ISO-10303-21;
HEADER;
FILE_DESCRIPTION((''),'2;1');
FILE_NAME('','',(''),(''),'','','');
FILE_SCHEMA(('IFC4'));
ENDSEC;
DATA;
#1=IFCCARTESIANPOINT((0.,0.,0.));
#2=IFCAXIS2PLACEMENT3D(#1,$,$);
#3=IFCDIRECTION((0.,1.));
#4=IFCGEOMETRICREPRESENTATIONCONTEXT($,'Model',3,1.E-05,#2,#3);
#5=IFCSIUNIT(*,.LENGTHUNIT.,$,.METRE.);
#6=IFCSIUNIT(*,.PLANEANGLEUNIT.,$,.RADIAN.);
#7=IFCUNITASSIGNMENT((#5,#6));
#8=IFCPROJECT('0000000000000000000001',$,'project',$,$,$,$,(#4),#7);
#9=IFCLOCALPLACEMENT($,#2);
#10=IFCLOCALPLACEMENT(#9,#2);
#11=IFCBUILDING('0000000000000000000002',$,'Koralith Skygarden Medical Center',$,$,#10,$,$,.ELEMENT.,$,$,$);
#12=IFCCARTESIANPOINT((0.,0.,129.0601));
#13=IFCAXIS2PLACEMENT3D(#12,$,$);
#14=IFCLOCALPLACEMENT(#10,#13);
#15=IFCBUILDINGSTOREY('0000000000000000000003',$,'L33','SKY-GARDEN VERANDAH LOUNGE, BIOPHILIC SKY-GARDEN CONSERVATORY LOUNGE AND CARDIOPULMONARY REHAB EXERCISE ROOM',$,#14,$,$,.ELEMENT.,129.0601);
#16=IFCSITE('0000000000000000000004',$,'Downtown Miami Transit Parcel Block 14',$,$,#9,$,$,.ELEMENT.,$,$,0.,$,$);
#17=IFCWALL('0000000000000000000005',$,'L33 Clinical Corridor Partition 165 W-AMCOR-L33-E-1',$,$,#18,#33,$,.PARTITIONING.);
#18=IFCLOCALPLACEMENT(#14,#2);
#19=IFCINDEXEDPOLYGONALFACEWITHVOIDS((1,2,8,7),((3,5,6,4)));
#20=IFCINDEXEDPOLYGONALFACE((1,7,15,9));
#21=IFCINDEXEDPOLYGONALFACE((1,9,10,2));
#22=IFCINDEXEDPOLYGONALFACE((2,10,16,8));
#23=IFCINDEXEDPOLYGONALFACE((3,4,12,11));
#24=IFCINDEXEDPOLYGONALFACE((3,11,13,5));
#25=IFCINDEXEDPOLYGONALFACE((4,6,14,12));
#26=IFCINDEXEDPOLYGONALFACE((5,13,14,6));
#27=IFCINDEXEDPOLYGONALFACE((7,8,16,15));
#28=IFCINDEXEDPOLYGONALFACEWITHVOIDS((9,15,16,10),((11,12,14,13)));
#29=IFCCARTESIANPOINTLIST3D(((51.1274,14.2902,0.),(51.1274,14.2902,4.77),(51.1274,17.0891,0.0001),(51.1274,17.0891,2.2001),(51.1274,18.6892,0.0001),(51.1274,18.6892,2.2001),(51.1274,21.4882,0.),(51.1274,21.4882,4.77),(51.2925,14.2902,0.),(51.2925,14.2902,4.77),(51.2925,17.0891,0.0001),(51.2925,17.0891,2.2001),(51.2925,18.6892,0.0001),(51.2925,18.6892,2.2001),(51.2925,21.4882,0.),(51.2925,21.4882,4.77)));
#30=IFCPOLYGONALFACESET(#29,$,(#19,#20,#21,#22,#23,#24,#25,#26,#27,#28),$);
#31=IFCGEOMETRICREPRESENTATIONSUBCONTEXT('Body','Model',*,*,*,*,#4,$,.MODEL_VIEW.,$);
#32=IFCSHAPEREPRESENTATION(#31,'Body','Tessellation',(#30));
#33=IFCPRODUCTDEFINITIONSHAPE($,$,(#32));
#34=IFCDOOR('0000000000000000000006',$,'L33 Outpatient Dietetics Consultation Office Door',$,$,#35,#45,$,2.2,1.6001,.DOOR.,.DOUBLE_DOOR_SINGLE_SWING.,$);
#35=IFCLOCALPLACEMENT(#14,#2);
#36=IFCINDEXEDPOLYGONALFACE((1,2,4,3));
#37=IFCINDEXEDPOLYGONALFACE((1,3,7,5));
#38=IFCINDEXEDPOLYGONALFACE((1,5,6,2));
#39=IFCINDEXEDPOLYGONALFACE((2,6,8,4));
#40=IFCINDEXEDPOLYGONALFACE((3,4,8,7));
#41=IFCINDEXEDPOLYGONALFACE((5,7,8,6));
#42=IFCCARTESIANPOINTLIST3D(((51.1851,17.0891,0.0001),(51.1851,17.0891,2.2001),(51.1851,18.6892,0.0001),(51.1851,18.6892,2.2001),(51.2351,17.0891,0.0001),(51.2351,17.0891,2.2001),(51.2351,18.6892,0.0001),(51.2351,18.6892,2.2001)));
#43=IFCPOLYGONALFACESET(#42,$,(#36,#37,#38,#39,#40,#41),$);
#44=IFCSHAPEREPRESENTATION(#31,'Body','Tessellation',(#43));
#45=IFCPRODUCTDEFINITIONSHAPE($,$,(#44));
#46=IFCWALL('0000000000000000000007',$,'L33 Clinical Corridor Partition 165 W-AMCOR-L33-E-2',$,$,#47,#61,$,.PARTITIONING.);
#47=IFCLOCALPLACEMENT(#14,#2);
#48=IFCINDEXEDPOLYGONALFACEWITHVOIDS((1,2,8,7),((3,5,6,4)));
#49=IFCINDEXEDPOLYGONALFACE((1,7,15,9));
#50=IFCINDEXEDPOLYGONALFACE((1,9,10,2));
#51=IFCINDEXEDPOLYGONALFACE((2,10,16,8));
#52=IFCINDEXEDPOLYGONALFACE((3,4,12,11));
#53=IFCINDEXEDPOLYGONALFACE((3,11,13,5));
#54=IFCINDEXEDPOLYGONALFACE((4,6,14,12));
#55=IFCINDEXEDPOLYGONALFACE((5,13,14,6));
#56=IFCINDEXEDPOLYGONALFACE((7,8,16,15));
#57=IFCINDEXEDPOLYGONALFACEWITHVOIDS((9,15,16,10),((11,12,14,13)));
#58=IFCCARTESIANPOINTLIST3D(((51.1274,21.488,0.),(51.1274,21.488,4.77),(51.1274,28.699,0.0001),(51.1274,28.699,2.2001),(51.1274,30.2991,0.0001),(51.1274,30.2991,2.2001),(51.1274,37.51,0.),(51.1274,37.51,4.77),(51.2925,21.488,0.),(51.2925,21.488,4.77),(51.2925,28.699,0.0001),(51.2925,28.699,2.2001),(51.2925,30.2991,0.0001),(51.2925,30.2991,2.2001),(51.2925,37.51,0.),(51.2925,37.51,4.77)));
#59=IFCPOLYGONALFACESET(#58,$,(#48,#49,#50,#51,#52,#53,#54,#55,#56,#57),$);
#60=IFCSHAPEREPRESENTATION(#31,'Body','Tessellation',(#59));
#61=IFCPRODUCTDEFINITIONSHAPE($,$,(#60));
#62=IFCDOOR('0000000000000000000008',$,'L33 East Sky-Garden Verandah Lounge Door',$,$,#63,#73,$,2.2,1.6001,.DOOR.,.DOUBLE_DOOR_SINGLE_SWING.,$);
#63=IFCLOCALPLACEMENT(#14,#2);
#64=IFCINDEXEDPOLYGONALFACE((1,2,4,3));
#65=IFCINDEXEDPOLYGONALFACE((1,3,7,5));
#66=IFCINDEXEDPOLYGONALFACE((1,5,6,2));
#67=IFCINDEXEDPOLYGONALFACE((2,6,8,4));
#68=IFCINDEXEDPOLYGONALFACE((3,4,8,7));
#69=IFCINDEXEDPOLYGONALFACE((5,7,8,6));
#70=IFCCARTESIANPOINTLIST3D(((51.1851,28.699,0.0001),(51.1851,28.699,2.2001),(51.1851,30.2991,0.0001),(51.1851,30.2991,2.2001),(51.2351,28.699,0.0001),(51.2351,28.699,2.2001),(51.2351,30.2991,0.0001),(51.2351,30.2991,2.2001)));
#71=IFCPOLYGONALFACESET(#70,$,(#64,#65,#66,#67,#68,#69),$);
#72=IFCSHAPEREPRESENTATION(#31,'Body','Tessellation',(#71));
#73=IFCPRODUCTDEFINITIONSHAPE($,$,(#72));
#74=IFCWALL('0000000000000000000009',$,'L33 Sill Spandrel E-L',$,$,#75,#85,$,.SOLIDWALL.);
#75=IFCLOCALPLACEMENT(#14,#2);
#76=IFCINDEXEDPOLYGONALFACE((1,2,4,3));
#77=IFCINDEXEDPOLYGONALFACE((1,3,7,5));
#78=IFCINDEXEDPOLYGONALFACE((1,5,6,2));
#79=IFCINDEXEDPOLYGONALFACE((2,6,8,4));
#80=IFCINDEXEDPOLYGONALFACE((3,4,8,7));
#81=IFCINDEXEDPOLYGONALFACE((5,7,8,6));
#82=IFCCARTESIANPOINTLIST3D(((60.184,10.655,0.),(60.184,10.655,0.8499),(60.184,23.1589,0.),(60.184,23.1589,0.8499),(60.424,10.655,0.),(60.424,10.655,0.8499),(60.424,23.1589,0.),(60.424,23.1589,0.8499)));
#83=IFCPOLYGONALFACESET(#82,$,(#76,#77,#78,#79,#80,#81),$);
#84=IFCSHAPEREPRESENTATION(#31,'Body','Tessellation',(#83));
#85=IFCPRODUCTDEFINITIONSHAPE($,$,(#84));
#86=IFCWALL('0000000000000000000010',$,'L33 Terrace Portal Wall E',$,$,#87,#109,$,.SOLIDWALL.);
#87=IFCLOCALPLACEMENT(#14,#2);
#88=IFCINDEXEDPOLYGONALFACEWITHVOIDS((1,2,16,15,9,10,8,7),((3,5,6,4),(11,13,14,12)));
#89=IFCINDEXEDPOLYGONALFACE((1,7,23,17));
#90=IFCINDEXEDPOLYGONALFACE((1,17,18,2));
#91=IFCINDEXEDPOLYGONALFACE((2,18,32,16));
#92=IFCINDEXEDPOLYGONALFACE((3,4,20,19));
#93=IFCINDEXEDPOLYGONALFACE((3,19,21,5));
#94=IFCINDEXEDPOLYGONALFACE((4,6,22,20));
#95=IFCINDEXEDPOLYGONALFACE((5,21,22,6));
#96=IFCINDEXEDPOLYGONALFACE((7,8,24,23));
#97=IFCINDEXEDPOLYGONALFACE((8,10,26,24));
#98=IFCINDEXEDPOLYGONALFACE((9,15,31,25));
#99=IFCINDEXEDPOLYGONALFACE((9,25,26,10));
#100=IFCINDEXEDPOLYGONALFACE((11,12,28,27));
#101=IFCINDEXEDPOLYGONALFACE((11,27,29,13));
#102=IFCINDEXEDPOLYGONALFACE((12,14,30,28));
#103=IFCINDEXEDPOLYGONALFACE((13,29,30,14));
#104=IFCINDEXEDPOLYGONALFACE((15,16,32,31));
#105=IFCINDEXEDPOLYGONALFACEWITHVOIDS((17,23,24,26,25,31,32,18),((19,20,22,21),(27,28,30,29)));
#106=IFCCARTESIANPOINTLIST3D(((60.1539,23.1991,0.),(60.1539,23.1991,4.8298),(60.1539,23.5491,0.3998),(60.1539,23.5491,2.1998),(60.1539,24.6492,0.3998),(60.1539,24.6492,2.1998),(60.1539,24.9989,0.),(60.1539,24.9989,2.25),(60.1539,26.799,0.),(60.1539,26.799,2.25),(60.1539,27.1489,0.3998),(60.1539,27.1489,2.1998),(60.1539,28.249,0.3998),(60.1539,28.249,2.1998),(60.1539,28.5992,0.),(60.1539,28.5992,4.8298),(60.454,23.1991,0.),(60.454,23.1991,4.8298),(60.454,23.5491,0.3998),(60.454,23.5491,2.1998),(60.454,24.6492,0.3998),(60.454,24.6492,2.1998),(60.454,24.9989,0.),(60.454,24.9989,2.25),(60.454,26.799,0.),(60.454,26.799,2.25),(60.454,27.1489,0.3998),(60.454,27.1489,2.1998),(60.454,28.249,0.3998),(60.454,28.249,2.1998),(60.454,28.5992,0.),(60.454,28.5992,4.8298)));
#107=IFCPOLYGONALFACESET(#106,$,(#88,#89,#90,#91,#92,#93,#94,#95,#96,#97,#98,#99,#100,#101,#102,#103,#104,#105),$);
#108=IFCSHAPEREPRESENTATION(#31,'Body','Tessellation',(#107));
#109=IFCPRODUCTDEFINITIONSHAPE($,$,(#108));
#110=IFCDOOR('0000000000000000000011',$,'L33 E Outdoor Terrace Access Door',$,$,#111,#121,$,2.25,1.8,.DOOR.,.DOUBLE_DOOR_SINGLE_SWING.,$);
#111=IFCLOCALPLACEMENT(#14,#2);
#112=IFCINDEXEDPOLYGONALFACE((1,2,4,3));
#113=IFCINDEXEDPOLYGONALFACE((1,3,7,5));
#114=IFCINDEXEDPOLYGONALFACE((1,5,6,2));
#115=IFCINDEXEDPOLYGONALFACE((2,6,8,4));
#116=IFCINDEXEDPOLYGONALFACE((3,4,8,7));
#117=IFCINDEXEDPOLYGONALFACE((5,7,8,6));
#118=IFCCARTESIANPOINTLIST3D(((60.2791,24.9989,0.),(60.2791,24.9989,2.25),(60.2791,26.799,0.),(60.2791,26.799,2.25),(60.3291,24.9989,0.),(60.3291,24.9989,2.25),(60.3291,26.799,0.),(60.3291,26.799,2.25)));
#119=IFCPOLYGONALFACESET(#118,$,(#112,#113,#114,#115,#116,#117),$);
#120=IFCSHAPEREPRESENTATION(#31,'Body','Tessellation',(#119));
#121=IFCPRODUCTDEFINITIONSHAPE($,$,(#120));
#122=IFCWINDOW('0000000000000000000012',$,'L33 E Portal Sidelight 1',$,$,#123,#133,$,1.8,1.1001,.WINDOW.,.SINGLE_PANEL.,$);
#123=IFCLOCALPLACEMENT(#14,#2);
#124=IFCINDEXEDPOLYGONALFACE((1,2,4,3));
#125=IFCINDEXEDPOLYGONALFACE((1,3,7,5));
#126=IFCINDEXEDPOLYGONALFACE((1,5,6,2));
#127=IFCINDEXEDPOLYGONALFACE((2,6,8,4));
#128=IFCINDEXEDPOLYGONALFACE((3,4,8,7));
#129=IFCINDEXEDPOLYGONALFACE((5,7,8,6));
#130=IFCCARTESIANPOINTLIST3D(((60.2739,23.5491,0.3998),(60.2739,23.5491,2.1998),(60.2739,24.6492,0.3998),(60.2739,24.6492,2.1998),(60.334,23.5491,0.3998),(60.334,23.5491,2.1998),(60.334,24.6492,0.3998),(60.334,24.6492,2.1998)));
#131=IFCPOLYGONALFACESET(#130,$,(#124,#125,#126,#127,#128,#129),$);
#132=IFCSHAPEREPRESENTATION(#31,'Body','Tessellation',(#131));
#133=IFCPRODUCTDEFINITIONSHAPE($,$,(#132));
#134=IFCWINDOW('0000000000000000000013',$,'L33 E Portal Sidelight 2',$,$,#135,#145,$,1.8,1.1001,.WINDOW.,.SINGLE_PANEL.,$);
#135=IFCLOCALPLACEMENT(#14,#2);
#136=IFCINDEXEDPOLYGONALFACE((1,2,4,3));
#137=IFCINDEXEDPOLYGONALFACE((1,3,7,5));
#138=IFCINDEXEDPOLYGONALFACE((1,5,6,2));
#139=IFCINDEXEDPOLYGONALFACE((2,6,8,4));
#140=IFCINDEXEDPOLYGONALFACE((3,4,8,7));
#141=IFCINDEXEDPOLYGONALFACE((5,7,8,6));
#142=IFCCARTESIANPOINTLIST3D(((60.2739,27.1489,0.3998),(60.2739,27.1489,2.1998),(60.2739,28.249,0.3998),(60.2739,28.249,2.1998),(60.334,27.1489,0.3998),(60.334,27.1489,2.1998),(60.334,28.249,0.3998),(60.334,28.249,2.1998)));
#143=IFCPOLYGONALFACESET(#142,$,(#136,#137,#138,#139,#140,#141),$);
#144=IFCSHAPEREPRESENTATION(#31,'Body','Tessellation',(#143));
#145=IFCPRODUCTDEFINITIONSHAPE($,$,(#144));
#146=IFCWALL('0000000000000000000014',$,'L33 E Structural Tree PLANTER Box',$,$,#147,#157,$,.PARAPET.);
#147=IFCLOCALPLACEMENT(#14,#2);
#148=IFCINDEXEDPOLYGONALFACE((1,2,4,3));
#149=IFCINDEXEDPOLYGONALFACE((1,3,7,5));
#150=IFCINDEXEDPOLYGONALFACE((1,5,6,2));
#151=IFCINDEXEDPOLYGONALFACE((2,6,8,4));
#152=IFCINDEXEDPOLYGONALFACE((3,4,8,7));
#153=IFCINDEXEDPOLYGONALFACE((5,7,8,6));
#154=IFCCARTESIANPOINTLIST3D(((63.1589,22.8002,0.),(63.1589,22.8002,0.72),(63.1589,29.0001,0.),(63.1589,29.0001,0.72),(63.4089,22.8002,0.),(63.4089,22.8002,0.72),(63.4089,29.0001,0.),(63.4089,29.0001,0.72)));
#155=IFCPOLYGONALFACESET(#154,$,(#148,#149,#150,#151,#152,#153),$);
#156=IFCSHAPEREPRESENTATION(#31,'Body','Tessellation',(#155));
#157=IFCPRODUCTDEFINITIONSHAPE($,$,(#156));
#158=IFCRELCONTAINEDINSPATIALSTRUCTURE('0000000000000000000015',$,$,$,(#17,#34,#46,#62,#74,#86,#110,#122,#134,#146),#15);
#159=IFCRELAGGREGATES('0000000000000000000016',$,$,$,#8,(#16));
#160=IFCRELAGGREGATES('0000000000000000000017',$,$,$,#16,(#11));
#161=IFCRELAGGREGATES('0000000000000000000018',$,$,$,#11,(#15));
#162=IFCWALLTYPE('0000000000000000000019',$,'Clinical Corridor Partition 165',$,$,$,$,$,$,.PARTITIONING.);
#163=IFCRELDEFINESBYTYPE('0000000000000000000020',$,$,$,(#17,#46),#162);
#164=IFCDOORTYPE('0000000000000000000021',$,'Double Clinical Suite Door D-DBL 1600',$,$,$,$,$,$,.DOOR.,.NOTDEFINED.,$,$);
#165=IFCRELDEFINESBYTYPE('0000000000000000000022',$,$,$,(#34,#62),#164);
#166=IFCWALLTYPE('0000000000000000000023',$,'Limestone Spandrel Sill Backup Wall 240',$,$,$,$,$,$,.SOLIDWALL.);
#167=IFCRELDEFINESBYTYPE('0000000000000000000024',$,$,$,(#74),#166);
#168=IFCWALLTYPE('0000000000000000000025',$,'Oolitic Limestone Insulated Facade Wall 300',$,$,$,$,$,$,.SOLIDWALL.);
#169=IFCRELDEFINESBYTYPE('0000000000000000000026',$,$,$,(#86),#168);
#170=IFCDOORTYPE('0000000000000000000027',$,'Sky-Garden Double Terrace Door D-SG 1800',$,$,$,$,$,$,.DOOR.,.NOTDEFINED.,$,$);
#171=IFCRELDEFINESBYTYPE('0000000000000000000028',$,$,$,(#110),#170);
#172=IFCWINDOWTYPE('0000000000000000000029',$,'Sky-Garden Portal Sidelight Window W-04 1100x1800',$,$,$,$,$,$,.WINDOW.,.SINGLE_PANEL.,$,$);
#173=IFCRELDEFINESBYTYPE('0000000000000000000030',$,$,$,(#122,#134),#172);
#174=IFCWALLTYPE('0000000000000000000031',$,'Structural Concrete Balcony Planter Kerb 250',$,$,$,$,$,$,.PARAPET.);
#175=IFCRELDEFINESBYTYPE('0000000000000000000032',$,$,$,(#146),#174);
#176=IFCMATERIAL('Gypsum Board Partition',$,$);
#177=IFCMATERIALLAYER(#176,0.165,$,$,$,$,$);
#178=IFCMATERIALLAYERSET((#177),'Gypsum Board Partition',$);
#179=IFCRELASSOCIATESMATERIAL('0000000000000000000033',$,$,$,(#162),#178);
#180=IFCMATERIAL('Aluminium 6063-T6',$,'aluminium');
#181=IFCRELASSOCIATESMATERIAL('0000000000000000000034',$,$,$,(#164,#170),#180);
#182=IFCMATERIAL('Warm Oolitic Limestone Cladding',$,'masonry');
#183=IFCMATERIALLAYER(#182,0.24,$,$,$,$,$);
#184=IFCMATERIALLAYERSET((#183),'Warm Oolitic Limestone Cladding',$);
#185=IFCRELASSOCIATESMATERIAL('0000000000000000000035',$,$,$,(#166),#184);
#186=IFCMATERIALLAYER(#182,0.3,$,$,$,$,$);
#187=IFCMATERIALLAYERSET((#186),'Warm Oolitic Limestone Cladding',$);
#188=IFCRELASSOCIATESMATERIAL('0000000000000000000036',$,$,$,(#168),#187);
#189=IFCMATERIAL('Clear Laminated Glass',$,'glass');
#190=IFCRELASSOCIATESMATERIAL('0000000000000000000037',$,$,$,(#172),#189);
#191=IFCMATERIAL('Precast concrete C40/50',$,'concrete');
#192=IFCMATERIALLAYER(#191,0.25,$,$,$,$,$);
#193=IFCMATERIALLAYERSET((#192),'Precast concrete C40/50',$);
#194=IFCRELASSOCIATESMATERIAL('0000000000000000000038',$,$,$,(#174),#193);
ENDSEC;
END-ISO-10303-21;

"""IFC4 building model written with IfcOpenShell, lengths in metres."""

from ifc_helpers import new_model, si_unit, direction, frame, frame_2d, origin, place, context, subcontext, project, spatial, rectangle, extrude, material, layer, layer_set, type_object, element, fill, save


model = new_model("IFC4")

# Units and contexts
model_context = context("Model", 3, precision=1e-05, world=origin(), true_north=direction((0.0, 1.0)))
body_context = subcontext(model_context, "Body", "Model", "MODEL_VIEW")
ifc_project = project(units=[si_unit("LENGTHUNIT", "METRE"), si_unit("PLANEANGLEUNIT", "RADIAN")], contexts=[model_context])

# Site, building, storey
site_placement = place(None, origin())
site = spatial("IfcSite", under=ifc_project, at=site_placement, Name="Downtown Miami Transit Parcel Block 14", CompositionType="ELEMENT", RefElevation=0.0)
building_placement = place(site_placement, origin())
building = spatial("IfcBuilding", under=site, at=building_placement, Name="Koralith Skygarden Medical Center", CompositionType="ELEMENT")
storey_placement = place(building_placement, frame((0.0, 0.0, 129.0601)))
storey = spatial("IfcBuildingStorey", under=building, at=storey_placement, Name="L33", Description="SKY-GARDEN VERANDAH LOUNGE, BIOPHILIC SKY-GARDEN CONSERVATORY LOUNGE AND CARDIOPULMONARY REHAB EXERCISE ROOM", CompositionType="ELEMENT", Elevation=129.0601)

# Shared definitions
ifc_material_1 = material(Name="Clear Laminated Glass", Category="glass")
ifc_material_2 = material(Name="Aluminium 6063-T6", Category="aluminium")

# Shared definitions
ifc_material_3 = material(Name="Gypsum Board Partition")
ifc_layer_1 = layer(ifc_material_3, 0.165)
ifc_layer_set_1 = layer_set([ifc_layer_1], Name="Gypsum Board Partition")
wall_type_1 = type_object("IfcWallType", Name="Clinical Corridor Partition 165", PredefinedType="PARTITIONING", material=ifc_layer_set_1)

# Walls, openings, doors
wall_1_placement = place(storey_placement, frame((51.21, 14.29, 0.0), z_axis=(0.0, 0.0, 1.0), x_axis=(0.0, 1.0, 0.0)))
wall_1 = element("IfcWall", 1, at=wall_1_placement, inside=storey, type_object=wall_type_1, Name="L33 Clinical Corridor Partition 165 W-AMCOR-L33-E-1", PredefinedType="PARTITIONING", context=body_context, shape_type="SweptSolid", body=[
    extrude(rectangle(XDim=7.198, YDim=0.165, at=frame_2d((3.5991, 0.0))), origin(), (0.0, 0.0, 1.0), 4.77),
])
opening_1_placement = place(wall_1_placement, frame((2.7991, 0.0, 0.0)))
opening_1 = element("IfcOpeningElement", 2, at=opening_1_placement, cuts=wall_1, PredefinedType="OPENING", context=body_context, shape_type="SweptSolid", body=[
    extrude(rectangle(XDim=1.6001, YDim=2.2, at=frame_2d((0.8, 1.1001))), frame((0.0, 0.0925, 0.0), z_axis=(0.0, -1.0, 0.0), x_axis=(1.0, 0.0, 0.0)), (0.0, 0.0, 1.0), 0.1851),
])
door_type_1 = type_object("IfcDoorType", Name="Double Clinical Suite Door D-DBL 1600", OperationType="NOTDEFINED", PredefinedType="DOOR", material=ifc_material_2)
door_1_placement = place(opening_1_placement, origin())
door_1 = element("IfcDoor", 3, at=door_1_placement, inside=storey, type_object=door_type_1, Name="L33 Outpatient Dietetics Consultation Office Door", OperationType="DOUBLE_DOOR_SINGLE_SWING", OverallHeight=2.2, OverallWidth=1.6001, PredefinedType="DOOR", context=body_context, shape_type="SweptSolid", body=[
    extrude(rectangle(XDim=1.6001, YDim=2.2, at=frame_2d((0.8, 1.1001))), frame((0.0, 0.0249, 0.0), z_axis=(0.0, -1.0, 0.0), x_axis=(1.0, 0.0, 0.0)), (0.0, 0.0, 1.0), 0.05),
])
fill(opening_1, door_1)
wall_2_placement = place(storey_placement, frame((51.21, 21.488, 0.0), z_axis=(0.0, 0.0, 1.0), x_axis=(0.0, 1.0, 0.0)))
wall_2 = element("IfcWall", 4, at=wall_2_placement, inside=storey, type_object=wall_type_1, Name="L33 Clinical Corridor Partition 165 W-AMCOR-L33-E-2", PredefinedType="PARTITIONING", context=body_context, shape_type="SweptSolid", body=[
    extrude(rectangle(XDim=16.022, YDim=0.165, at=frame_2d((8.011, 0.0))), origin(), (0.0, 0.0, 1.0), 4.77),
])
opening_2_placement = place(wall_2_placement, frame((7.2109, 0.0, 0.0)))
opening_2 = element("IfcOpeningElement", 5, at=opening_2_placement, cuts=wall_2, PredefinedType="OPENING", context=body_context, shape_type="SweptSolid", body=[
    extrude(rectangle(XDim=1.6001, YDim=2.2, at=frame_2d((0.8, 1.1001))), frame((0.0, 0.0925, 0.0), z_axis=(0.0, -1.0, 0.0), x_axis=(1.0, 0.0, 0.0)), (0.0, 0.0, 1.0), 0.1851),
])
door_2_placement = place(opening_2_placement, origin())
door_2 = element("IfcDoor", 6, at=door_2_placement, inside=storey, type_object=door_type_1, Name="L33 East Sky-Garden Verandah Lounge Door", OperationType="DOUBLE_DOOR_SINGLE_SWING", OverallHeight=2.2, OverallWidth=1.6001, PredefinedType="DOOR", context=body_context, shape_type="SweptSolid", body=[
    extrude(rectangle(XDim=1.6001, YDim=2.2, at=frame_2d((0.8, 1.1001))), frame((0.0, 0.0249, 0.0), z_axis=(0.0, -1.0, 0.0), x_axis=(1.0, 0.0, 0.0)), (0.0, 0.0, 1.0), 0.05),
])
fill(opening_2, door_2)

# Wall
ifc_material_4 = material(Name="Warm Oolitic Limestone Cladding", Category="masonry")
ifc_layer_2 = layer(ifc_material_4, 0.24)
ifc_layer_set_2 = layer_set([ifc_layer_2], Name="Warm Oolitic Limestone Cladding")
wall_type_2 = type_object("IfcWallType", Name="Limestone Spandrel Sill Backup Wall 240", PredefinedType="SOLIDWALL", material=ifc_layer_set_2)
wall_3_placement = place(storey_placement, frame((60.304, 10.655, 0.0), z_axis=(0.0, 0.0, 1.0), x_axis=(0.0, 1.0, 0.0)))
element("IfcWall", 7, at=wall_3_placement, inside=storey, type_object=wall_type_2, Name="L33 Sill Spandrel E-L", PredefinedType="SOLIDWALL", context=body_context, shape_type="SweptSolid", body=[
    extrude(rectangle(XDim=12.5039, YDim=0.24, at=frame_2d((6.252, 0.0))), origin(), (0.0, 0.0, 1.0), 0.8499),
])

# Wall, openings, door, windows
ifc_layer_3 = layer(ifc_material_4, 0.3)
ifc_layer_set_3 = layer_set([ifc_layer_3], Name="Warm Oolitic Limestone Cladding")
wall_type_3 = type_object("IfcWallType", Name="Oolitic Limestone Insulated Facade Wall 300", PredefinedType="SOLIDWALL", material=ifc_layer_set_3)
wall_4_placement = place(storey_placement, frame((60.304, 23.199, 0.0), z_axis=(0.0, 0.0, 1.0), x_axis=(0.0, 1.0, 0.0)))
wall_4 = element("IfcWall", 8, at=wall_4_placement, inside=storey, type_object=wall_type_3, Name="L33 Terrace Portal Wall E", PredefinedType="SOLIDWALL", context=body_context, shape_type="SweptSolid", body=[
    extrude(rectangle(XDim=5.4001, YDim=0.3, at=frame_2d((2.7002, 0.0))), origin(), (0.0, 0.0, 1.0), 4.8298),
])
opening_3_placement = place(wall_4_placement, frame((1.8, 0.0, 0.0)))
opening_3 = element("IfcOpeningElement", 9, at=opening_3_placement, cuts=wall_4, PredefinedType="OPENING", context=body_context, shape_type="SweptSolid", body=[
    extrude(rectangle(XDim=1.8, YDim=2.25, at=frame_2d((0.8999, 1.125))), frame((0.0, 0.1599, 0.0), z_axis=(0.0, -1.0, 0.0), x_axis=(1.0, 0.0, 0.0)), (0.0, 0.0, 1.0), 0.3201),
])
opening_4_placement = place(wall_4_placement, frame((0.3501, 0.0, 0.3999)))
opening_4 = element("IfcOpeningElement", 10, at=opening_4_placement, cuts=wall_4, PredefinedType="OPENING", context=body_context, shape_type="SweptSolid", body=[
    extrude(rectangle(XDim=1.1001, YDim=1.8, at=frame_2d((0.55, 0.8999))), frame((0.0, 0.1599, 0.0), z_axis=(0.0, -1.0, 0.0), x_axis=(1.0, 0.0, 0.0)), (0.0, 0.0, 1.0), 0.3201),
])
opening_5_placement = place(wall_4_placement, frame((3.95, 0.0, 0.3999)))
opening_5 = element("IfcOpeningElement", 11, at=opening_5_placement, cuts=wall_4, PredefinedType="OPENING", context=body_context, shape_type="SweptSolid", body=[
    extrude(rectangle(XDim=1.1001, YDim=1.8, at=frame_2d((0.55, 0.8999))), frame((0.0, 0.1599, 0.0), z_axis=(0.0, -1.0, 0.0), x_axis=(1.0, 0.0, 0.0)), (0.0, 0.0, 1.0), 0.3201),
])
door_type_2 = type_object("IfcDoorType", Name="Sky-Garden Double Terrace Door D-SG 1800", OperationType="NOTDEFINED", PredefinedType="DOOR", material=ifc_material_2)
door_3_placement = place(opening_3_placement, origin())
door_3 = element("IfcDoor", 12, at=door_3_placement, inside=storey, type_object=door_type_2, Name="L33 E Outdoor Terrace Access Door", OperationType="DOUBLE_DOOR_SINGLE_SWING", OverallHeight=2.25, OverallWidth=1.8, PredefinedType="DOOR", context=body_context, shape_type="SweptSolid", body=[
    extrude(rectangle(XDim=1.8, YDim=2.25, at=frame_2d((0.8999, 1.125))), frame((0.0, 0.0249, 0.0), z_axis=(0.0, -1.0, 0.0), x_axis=(1.0, 0.0, 0.0)), (0.0, 0.0, 1.0), 0.05),
])
fill(opening_3, door_3)
window_type = type_object("IfcWindowType", Name="Sky-Garden Portal Sidelight Window W-04 1100x1800", PartitioningType="SINGLE_PANEL", PredefinedType="WINDOW", material=ifc_material_1)
window_1_placement = place(opening_4_placement, origin())
window_1 = element("IfcWindow", 13, at=window_1_placement, inside=storey, type_object=window_type, Name="L33 E Portal Sidelight 1", OverallHeight=1.8, OverallWidth=1.1001, PartitioningType="SINGLE_PANEL", PredefinedType="WINDOW", context=body_context, shape_type="SweptSolid", body=[
    extrude(rectangle(XDim=1.1001, YDim=1.8, at=frame_2d((0.55, 0.8999))), frame((0.0, 0.03, 0.0), z_axis=(0.0, -1.0, 0.0), x_axis=(1.0, 0.0, 0.0)), (0.0, 0.0, 1.0), 0.0601),
])
fill(opening_4, window_1)
window_2_placement = place(opening_5_placement, origin())
window_2 = element("IfcWindow", 14, at=window_2_placement, inside=storey, type_object=window_type, Name="L33 E Portal Sidelight 2", OverallHeight=1.8, OverallWidth=1.1001, PartitioningType="SINGLE_PANEL", PredefinedType="WINDOW", context=body_context, shape_type="SweptSolid", body=[
    extrude(rectangle(XDim=1.1001, YDim=1.8, at=frame_2d((0.55, 0.8999))), frame((0.0, 0.03, 0.0), z_axis=(0.0, -1.0, 0.0), x_axis=(1.0, 0.0, 0.0)), (0.0, 0.0, 1.0), 0.0601),
])
fill(opening_5, window_2)

# Wall
ifc_material_5 = material(Name="Precast concrete C40/50", Category="concrete")
ifc_layer_4 = layer(ifc_material_5, 0.25)
ifc_layer_set_4 = layer_set([ifc_layer_4], Name="Precast concrete C40/50")
wall_type_4 = type_object("IfcWallType", Name="Structural Concrete Balcony Planter Kerb 250", PredefinedType="PARAPET", material=ifc_layer_set_4)
wall_5_placement = place(storey_placement, frame((63.2839, 22.8, 0.0), z_axis=(0.0, 0.0, 1.0), x_axis=(0.0, 1.0, 0.0)))
element("IfcWall", 15, at=wall_5_placement, inside=storey, type_object=wall_type_4, Name="L33 E Structural Tree PLANTER Box", PredefinedType="PARAPET", context=body_context, shape_type="SweptSolid", body=[
    extrude(rectangle(XDim=6.2, YDim=0.25, at=frame_2d((3.1001, 0.0))), origin(), (0.0, 0.0, 1.0), 0.72),
])

save(model, "model.ifc")
